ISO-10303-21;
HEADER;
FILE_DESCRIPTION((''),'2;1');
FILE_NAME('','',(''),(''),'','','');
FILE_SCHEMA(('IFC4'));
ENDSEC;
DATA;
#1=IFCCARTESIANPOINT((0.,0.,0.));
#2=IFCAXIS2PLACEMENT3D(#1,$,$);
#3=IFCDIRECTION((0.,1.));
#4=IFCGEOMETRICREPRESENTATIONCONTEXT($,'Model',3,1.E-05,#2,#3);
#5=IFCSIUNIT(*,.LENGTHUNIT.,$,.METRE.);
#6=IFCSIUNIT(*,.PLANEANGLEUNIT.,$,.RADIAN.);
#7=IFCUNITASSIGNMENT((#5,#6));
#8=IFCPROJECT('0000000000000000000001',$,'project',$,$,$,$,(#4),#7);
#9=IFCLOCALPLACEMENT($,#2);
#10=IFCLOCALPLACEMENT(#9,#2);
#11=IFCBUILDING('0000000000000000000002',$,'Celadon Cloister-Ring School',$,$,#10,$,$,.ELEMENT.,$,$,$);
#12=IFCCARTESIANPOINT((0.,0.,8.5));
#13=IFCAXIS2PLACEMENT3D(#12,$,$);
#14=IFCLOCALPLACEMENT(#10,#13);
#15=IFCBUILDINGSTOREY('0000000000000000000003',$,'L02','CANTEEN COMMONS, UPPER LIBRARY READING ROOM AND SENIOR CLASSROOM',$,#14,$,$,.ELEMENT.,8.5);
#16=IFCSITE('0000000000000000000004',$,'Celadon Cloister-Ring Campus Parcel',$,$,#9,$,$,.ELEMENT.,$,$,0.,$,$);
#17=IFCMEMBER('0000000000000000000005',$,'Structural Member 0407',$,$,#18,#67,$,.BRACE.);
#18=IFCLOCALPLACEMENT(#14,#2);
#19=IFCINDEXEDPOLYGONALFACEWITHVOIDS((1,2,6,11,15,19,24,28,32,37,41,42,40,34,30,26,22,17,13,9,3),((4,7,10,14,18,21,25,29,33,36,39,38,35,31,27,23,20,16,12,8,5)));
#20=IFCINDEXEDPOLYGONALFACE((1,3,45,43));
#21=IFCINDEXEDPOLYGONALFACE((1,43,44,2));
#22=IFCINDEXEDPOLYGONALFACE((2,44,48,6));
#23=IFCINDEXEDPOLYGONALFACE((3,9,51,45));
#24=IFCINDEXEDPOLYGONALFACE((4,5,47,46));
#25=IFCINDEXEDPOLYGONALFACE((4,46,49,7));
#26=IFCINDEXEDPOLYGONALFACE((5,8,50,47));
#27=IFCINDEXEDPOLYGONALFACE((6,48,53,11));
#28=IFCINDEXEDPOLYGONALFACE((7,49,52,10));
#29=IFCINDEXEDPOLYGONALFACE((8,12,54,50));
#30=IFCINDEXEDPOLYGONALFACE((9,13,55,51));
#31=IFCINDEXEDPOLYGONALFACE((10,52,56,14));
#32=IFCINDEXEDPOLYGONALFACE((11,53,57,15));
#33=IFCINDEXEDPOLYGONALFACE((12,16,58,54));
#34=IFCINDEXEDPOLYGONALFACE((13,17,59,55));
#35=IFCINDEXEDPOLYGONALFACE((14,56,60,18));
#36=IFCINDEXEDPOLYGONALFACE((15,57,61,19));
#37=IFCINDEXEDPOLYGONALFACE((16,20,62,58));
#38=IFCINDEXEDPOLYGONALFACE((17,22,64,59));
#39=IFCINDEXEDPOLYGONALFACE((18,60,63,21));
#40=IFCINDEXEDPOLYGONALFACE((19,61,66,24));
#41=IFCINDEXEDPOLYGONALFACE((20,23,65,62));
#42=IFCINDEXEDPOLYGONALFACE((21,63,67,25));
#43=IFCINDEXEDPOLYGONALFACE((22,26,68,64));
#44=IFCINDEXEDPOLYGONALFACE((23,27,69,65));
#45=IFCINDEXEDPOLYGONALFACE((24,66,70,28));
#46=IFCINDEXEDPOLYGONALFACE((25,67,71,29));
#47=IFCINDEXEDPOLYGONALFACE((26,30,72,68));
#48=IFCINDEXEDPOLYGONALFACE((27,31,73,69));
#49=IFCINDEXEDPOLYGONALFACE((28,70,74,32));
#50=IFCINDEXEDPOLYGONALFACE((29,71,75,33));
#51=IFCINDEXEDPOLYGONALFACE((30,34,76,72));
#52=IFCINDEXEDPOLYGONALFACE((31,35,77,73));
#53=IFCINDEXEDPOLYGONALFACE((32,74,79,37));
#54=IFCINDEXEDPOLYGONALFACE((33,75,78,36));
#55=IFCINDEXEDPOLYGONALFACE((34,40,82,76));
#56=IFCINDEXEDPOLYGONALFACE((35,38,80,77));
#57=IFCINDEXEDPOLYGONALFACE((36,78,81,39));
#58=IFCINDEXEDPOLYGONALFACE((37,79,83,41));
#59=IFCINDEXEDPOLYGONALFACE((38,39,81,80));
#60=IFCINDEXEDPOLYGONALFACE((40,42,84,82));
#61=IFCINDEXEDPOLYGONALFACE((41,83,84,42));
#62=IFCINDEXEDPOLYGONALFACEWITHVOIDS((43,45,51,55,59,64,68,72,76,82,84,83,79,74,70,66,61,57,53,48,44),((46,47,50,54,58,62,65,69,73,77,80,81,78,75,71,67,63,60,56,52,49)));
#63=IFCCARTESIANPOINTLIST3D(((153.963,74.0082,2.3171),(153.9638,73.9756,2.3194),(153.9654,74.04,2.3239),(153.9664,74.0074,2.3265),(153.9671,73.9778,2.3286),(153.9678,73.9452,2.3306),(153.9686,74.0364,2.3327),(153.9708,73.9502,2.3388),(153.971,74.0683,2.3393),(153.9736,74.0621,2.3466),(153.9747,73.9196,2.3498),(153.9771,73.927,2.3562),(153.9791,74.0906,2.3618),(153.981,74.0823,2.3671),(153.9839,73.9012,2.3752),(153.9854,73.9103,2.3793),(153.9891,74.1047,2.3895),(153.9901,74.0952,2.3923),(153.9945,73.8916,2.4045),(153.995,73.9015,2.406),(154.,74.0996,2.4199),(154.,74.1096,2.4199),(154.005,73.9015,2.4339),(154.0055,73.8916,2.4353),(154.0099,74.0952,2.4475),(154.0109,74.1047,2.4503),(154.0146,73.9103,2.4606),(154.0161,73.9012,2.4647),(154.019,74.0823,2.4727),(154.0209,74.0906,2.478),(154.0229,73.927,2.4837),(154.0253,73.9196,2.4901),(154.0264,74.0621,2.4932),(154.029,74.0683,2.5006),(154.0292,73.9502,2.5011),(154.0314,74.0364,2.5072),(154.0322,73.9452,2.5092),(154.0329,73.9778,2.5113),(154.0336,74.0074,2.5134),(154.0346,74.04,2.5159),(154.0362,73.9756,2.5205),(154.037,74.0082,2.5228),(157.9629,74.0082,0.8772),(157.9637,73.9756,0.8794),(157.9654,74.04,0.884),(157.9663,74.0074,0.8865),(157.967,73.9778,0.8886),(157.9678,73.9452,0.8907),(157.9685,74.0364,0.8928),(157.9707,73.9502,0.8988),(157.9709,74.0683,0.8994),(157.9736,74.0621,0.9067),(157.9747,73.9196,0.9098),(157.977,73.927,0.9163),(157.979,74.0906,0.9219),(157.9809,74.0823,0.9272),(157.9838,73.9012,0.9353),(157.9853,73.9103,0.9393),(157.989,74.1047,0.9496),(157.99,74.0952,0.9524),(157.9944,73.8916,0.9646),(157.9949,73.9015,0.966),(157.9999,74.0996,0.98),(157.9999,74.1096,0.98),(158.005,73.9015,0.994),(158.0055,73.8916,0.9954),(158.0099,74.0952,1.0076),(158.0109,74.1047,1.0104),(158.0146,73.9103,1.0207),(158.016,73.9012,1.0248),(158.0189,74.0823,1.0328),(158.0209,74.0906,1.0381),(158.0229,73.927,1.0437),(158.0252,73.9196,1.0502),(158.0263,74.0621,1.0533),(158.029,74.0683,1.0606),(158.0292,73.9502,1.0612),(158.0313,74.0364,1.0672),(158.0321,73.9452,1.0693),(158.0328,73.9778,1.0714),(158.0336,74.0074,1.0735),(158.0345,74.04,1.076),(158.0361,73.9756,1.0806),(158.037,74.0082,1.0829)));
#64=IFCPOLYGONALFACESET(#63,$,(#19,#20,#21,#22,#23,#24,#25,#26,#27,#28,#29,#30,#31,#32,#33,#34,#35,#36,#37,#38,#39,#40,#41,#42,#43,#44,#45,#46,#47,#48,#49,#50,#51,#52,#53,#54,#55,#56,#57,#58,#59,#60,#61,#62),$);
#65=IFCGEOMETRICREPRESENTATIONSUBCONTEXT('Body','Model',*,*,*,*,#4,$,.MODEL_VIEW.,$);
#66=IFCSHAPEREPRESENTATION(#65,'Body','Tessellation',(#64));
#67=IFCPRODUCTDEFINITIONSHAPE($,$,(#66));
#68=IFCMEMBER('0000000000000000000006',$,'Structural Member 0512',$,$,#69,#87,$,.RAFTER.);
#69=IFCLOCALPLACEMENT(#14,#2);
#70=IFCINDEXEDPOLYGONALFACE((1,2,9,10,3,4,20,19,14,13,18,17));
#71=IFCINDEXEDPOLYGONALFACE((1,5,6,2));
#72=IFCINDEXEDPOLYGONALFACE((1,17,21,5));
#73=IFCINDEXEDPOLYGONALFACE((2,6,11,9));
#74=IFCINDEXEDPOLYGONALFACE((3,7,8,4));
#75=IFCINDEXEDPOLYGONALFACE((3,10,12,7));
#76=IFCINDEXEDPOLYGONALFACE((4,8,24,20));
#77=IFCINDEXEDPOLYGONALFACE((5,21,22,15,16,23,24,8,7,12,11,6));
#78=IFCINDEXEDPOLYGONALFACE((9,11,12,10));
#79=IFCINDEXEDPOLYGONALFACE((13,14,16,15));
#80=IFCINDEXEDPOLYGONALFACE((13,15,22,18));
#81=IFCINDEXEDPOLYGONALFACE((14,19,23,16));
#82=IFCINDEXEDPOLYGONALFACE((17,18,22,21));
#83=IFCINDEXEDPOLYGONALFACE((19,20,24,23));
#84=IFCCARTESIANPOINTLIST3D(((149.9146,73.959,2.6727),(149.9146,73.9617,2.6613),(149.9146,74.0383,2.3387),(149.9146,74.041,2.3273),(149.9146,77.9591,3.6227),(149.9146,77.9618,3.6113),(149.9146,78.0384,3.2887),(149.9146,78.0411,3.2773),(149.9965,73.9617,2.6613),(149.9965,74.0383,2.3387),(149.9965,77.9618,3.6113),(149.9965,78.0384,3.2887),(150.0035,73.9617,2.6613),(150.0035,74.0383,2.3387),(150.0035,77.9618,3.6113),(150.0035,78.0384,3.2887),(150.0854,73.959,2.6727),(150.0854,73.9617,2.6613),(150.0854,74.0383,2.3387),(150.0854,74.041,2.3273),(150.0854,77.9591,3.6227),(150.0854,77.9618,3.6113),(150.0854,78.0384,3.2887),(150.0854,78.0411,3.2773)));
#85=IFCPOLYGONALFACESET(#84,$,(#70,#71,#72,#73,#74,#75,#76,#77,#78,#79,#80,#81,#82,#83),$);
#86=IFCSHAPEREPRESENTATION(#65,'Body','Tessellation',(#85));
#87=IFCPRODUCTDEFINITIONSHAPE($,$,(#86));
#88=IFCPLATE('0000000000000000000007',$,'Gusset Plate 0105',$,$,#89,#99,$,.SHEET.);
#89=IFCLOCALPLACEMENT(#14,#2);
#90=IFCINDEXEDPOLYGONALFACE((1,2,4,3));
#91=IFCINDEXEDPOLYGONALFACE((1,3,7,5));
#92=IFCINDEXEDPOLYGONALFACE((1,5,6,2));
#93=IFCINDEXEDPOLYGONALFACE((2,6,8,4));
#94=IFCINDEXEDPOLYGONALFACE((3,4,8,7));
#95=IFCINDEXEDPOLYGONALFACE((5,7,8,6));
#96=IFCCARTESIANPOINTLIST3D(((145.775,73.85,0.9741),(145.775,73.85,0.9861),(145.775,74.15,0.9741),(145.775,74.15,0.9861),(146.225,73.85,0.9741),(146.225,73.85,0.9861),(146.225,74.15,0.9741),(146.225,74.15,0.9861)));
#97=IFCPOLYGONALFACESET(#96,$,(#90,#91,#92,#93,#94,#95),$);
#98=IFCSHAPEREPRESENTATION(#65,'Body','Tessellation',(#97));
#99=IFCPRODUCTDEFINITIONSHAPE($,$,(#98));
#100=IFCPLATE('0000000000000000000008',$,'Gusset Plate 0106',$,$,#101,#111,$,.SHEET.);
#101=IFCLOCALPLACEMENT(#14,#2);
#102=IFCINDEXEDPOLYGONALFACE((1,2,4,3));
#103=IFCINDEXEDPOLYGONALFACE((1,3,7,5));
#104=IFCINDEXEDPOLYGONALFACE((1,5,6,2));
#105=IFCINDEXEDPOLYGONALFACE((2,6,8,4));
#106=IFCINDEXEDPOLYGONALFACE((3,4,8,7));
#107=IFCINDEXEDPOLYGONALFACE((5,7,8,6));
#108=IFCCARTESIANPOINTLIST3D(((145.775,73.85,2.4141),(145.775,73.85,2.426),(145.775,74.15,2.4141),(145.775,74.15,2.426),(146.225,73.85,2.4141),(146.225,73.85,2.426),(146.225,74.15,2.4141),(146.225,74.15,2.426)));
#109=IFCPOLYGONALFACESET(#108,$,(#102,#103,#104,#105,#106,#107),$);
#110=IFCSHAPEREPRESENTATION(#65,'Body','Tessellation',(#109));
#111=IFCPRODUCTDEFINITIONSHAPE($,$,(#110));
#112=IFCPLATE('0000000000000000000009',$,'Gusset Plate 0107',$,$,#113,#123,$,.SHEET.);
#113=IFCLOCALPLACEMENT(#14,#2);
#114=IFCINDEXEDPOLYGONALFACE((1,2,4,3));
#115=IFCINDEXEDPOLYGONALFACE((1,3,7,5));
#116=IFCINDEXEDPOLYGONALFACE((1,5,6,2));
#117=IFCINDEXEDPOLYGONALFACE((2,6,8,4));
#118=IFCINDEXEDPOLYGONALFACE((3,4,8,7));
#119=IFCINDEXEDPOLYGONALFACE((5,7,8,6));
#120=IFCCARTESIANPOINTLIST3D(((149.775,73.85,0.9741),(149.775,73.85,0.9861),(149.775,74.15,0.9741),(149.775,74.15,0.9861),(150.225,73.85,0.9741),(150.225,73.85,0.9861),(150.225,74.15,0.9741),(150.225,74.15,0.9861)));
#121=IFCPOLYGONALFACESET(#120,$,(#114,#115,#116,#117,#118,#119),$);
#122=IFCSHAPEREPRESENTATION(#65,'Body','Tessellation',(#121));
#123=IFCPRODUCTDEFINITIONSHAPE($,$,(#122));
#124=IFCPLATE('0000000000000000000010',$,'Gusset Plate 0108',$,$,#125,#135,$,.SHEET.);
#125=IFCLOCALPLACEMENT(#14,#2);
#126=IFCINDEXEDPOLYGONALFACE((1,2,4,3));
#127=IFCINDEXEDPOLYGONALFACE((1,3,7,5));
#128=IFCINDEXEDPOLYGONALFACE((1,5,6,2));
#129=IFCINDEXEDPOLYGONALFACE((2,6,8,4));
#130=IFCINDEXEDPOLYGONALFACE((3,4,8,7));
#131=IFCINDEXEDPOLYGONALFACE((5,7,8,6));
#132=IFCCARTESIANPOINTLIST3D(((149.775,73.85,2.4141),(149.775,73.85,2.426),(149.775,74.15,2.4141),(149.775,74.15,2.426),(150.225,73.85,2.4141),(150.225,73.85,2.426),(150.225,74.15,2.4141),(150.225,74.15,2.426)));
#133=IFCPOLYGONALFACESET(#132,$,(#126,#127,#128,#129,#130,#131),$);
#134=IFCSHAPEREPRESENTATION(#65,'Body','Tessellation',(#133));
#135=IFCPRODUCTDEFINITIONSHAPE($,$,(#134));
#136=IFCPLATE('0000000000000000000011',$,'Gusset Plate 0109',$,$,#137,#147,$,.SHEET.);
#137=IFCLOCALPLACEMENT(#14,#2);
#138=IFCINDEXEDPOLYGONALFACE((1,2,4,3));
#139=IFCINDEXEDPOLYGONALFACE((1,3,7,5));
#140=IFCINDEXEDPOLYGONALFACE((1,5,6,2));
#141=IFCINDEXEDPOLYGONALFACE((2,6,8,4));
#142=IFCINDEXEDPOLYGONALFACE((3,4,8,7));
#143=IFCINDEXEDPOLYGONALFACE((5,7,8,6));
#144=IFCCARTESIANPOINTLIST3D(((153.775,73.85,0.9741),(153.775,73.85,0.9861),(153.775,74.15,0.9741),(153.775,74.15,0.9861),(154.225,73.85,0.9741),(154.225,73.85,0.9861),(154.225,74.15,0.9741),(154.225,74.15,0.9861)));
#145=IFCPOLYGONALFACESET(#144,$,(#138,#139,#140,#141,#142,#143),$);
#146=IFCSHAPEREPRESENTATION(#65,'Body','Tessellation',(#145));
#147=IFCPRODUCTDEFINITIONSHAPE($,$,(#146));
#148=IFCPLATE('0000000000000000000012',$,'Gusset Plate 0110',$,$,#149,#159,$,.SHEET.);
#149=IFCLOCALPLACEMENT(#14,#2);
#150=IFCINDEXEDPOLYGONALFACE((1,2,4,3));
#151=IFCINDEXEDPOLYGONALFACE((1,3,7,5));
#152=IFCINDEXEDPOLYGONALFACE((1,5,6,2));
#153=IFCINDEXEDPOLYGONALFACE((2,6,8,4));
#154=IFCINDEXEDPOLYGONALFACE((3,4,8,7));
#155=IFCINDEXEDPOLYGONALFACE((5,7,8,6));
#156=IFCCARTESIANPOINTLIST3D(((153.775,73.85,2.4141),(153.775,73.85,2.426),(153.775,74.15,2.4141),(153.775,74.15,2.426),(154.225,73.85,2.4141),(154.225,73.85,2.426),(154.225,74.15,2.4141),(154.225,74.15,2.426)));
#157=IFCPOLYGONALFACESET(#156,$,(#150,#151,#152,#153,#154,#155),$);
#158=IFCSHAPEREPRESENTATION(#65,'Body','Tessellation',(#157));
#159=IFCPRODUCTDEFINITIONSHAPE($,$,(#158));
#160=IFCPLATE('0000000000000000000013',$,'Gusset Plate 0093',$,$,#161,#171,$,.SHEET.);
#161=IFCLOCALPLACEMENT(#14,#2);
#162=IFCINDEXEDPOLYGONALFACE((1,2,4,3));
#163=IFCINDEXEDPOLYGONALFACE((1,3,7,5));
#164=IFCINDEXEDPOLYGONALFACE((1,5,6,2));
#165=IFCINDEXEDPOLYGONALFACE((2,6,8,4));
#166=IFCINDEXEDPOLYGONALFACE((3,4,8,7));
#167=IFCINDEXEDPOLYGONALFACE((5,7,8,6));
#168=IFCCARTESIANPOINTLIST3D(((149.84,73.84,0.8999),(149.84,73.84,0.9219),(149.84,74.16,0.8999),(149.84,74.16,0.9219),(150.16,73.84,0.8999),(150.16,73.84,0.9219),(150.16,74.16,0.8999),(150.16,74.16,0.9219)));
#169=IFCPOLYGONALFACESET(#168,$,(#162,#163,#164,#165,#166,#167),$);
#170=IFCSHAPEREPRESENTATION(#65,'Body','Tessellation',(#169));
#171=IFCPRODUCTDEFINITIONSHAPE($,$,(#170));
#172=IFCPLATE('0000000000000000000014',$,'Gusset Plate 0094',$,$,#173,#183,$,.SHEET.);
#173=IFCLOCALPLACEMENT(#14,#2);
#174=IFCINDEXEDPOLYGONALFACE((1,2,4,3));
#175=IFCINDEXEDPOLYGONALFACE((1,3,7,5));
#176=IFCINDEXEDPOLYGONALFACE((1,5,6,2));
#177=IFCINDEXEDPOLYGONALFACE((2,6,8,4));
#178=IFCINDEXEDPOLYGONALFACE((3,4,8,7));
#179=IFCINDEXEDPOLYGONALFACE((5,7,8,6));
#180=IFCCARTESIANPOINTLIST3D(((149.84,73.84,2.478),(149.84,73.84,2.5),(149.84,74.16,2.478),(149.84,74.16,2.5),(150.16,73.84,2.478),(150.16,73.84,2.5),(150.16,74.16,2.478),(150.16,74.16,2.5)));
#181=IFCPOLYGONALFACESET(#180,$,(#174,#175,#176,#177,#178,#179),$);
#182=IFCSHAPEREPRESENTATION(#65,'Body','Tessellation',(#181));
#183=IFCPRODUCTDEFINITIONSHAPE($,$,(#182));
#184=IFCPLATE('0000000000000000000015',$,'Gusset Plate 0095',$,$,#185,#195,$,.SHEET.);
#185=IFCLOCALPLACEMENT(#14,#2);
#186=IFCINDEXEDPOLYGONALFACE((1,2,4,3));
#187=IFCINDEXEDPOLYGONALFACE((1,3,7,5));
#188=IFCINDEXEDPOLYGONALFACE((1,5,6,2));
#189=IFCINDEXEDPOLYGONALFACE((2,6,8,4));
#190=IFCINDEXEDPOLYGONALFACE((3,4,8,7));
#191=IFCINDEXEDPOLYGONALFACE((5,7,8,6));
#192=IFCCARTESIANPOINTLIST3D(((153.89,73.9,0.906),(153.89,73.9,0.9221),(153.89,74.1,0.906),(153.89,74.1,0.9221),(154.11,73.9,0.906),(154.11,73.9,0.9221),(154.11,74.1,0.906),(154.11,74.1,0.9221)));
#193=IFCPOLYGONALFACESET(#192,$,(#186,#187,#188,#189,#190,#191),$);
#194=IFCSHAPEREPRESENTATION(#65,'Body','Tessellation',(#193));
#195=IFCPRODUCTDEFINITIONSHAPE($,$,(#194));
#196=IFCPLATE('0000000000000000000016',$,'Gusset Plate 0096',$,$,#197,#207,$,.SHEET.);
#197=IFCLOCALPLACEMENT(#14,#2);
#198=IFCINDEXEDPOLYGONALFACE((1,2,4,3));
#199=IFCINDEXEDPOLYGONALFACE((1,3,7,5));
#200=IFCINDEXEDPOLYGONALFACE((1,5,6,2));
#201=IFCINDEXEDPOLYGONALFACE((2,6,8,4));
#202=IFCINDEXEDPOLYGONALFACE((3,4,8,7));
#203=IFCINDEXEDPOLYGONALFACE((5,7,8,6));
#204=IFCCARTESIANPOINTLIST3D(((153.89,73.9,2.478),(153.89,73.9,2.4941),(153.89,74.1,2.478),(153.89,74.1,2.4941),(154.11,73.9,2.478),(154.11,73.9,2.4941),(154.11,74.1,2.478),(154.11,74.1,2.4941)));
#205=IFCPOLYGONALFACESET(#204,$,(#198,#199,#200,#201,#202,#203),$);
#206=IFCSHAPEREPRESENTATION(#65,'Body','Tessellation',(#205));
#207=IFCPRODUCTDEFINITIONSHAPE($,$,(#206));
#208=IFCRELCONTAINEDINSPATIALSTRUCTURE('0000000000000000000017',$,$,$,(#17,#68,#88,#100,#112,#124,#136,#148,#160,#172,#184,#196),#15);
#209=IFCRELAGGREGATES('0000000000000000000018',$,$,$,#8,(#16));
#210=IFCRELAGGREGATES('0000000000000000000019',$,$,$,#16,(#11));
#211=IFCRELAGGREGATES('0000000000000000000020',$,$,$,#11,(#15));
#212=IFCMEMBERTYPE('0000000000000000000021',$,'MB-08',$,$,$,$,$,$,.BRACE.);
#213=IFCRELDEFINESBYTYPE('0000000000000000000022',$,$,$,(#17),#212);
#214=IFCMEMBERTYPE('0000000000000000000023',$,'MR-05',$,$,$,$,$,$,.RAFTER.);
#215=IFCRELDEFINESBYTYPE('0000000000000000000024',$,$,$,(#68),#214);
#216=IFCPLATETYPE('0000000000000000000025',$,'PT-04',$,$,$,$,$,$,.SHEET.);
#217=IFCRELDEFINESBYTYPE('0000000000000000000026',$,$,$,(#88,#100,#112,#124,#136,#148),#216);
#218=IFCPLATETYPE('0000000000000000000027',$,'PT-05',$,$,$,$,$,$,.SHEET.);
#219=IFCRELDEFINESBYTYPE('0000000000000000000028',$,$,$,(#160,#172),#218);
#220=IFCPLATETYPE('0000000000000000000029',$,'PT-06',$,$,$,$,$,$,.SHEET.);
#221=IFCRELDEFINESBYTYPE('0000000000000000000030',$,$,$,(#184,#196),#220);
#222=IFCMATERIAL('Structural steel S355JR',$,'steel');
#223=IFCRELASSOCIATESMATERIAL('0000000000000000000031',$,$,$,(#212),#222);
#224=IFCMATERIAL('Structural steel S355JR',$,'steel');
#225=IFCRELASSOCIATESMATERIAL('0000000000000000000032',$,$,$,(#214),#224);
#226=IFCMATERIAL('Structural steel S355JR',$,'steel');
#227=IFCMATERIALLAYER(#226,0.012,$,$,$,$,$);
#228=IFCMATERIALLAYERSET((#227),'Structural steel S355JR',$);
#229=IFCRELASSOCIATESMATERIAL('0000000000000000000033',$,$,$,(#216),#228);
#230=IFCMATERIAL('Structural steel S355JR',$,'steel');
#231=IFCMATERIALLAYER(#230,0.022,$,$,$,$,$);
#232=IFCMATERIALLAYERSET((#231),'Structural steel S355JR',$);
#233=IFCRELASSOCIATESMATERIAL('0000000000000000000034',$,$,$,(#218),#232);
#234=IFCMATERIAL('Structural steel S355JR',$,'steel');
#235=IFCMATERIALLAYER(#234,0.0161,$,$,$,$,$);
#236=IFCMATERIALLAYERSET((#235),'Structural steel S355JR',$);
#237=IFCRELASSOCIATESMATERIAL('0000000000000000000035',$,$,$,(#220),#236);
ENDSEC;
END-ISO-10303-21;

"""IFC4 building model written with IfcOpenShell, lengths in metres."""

from ifc_helpers import new_model, si_unit, direction, frame, origin, origin_2d, place, context, subcontext, project, spatial, rectangle, hollow_circle, i_section, extrude, material, layer, layer_set, material_profile, profile_set, type_object, element, save


model = new_model("IFC4")

# Units and contexts
model_context = context("Model", 3, precision=1e-05, world=origin(), true_north=direction((0.0, 1.0)))
body_context = subcontext(model_context, "Body", "Model", "MODEL_VIEW")
ifc_project = project(units=[si_unit("LENGTHUNIT", "METRE"), si_unit("PLANEANGLEUNIT", "RADIAN")], contexts=[model_context])

# Site, building, storey
site_placement = place(None, origin())
site = spatial("IfcSite", under=ifc_project, at=site_placement, Name="Celadon Cloister-Ring Campus Parcel", CompositionType="ELEMENT", RefElevation=0.0)
building_placement = place(site_placement, origin())
building = spatial("IfcBuilding", under=site, at=building_placement, Name="Celadon Cloister-Ring School", CompositionType="ELEMENT")
storey_placement = place(building_placement, frame((0.0, 0.0, 8.5)))
storey = spatial("IfcBuildingStorey", under=building, at=storey_placement, Name="L02", Description="CANTEEN COMMONS, UPPER LIBRARY READING ROOM AND SENIOR CLASSROOM", CompositionType="ELEMENT", Elevation=8.5)

# Members
ifc_material_1 = material(Name="Structural steel S355JR", Category="steel")
ifc_material_profile_1 = material_profile(ifc_material_1, hollow_circle(Radius=0.1096, WallThickness=0.01, at=origin_2d()), Name="CHS219.1X10")
ifc_profile_set_1 = profile_set([ifc_material_profile_1], Name="Structural steel S355JR")
member_type_1 = type_object("IfcMemberType", Name="MB-08", PredefinedType="BRACE", material=ifc_profile_set_1)
for number, where, z_axis, x_axis, name in (
    (1, (154.0, 74.0, 2.4199), (0.940892, 0.0, -0.338707), (0.0, 1.0, 0.0), "Structural Member 0407"),
):
    element("IfcMember", number, at=place(storey_placement, frame(where, z_axis=z_axis, x_axis=x_axis)), inside=storey, type_object=member_type_1, Name=name, PredefinedType="BRACE", context=body_context, shape_type="SweptSolid", body=[
        extrude(hollow_circle(Radius=0.1096, WallThickness=0.01, at=origin_2d()), origin(), (0.0, 0.0, 1.0), 4.2512),
    ])
ifc_material_2 = material(Name="Structural steel S355JR", Category="steel")
ifc_material_profile_2 = material_profile(ifc_material_2, i_section(OverallWidth=0.1709, OverallDepth=0.355, WebThickness=0.0071, FlangeThickness=0.0117, at=origin_2d()), Name="W360X51")
ifc_profile_set_2 = profile_set([ifc_material_profile_2], Name="Structural steel S355JR")
member_type_2 = type_object("IfcMemberType", Name="MR-05", PredefinedType="RAFTER", material=ifc_profile_set_2)
member_1_placement = place(storey_placement, frame((150.0, 74.0, 2.5), z_axis=(0.0, 0.972939, 0.231061), x_axis=(-1.0, 0.0, 0.0)))
element("IfcMember", 2, at=member_1_placement, inside=storey, type_object=member_type_2, Name="Structural Member 0512", PredefinedType="RAFTER", context=body_context, shape_type="SweptSolid", body=[
    extrude(i_section(OverallWidth=0.1709, OverallDepth=0.355, WebThickness=0.0071, FlangeThickness=0.0117, at=origin_2d()), origin(), (0.0, 0.0, 1.0), 4.1113),
])

# Plates
ifc_material_3 = material(Name="Structural steel S355JR", Category="steel")
ifc_layer_1 = layer(ifc_material_3, 0.012)
ifc_layer_set_1 = layer_set([ifc_layer_1], Name="Structural steel S355JR")
plate_type_1 = type_object("IfcPlateType", Name="PT-04", PredefinedType="SHEET", material=ifc_layer_set_1)
for number, where, z_axis, x_axis, name in (
    (3, (146.0, 74.0, 0.9741), (0.0, 0.0, 1.0), (1.0, 0.0, 0.0), "Gusset Plate 0105"),
    (4, (146.0, 74.0, 2.4141), (0.0, 0.0, 1.0), (1.0, 0.0, 0.0), "Gusset Plate 0106"),
    (5, (150.0, 74.0, 0.9741), (0.0, 0.0, 1.0), (1.0, 0.0, 0.0), "Gusset Plate 0107"),
    (6, (150.0, 74.0, 2.4141), (0.0, 0.0, 1.0), (1.0, 0.0, 0.0), "Gusset Plate 0108"),
    (7, (154.0, 74.0, 0.9741), (0.0, 0.0, 1.0), (1.0, 0.0, 0.0), "Gusset Plate 0109"),
    (8, (154.0, 74.0, 2.4141), (0.0, 0.0, 1.0), (1.0, 0.0, 0.0), "Gusset Plate 0110"),
):
    element("IfcPlate", number, at=place(storey_placement, frame(where, z_axis=z_axis, x_axis=x_axis)), inside=storey, type_object=plate_type_1, Name=name, PredefinedType="SHEET", context=body_context, shape_type="SweptSolid", body=[
        extrude(rectangle(XDim=0.45, YDim=0.3, at=origin_2d()), origin(), (0.0, 0.0, 1.0), 0.012),
    ])
ifc_material_4 = material(Name="Structural steel S355JR", Category="steel")
ifc_layer_2 = layer(ifc_material_4, 0.022)
ifc_layer_set_2 = layer_set([ifc_layer_2], Name="Structural steel S355JR")
plate_type_2 = type_object("IfcPlateType", Name="PT-05", PredefinedType="SHEET", material=ifc_layer_set_2)
for number, where, z_axis, x_axis, name in (
    (9, (150.0, 74.0, 0.8999), (0.0, 0.0, 1.0), (1.0, 0.0, 0.0), "Gusset Plate 0093"),
    (10, (150.0, 74.0, 2.478), (0.0, 0.0, 1.0), (1.0, 0.0, 0.0), "Gusset Plate 0094"),
):
    element("IfcPlate", number, at=place(storey_placement, frame(where, z_axis=z_axis, x_axis=x_axis)), inside=storey, type_object=plate_type_2, Name=name, PredefinedType="SHEET", context=body_context, shape_type="SweptSolid", body=[
        extrude(rectangle(XDim=0.3201, YDim=0.3201, at=origin_2d()), origin(), (0.0, 0.0, 1.0), 0.022),
    ])
ifc_material_5 = material(Name="Structural steel S355JR", Category="steel")
ifc_layer_3 = layer(ifc_material_5, 0.0161)
ifc_layer_set_3 = layer_set([ifc_layer_3], Name="Structural steel S355JR")
plate_type_3 = type_object("IfcPlateType", Name="PT-06", PredefinedType="SHEET", material=ifc_layer_set_3)
for number, where, z_axis, x_axis, name in (
    (11, (154.0, 74.0, 0.906), (0.0, 0.0, 1.0), (1.0, 0.0, 0.0), "Gusset Plate 0095"),
    (12, (154.0, 74.0, 2.478), (0.0, 0.0, 1.0), (1.0, 0.0, 0.0), "Gusset Plate 0096"),
):
    element("IfcPlate", number, at=place(storey_placement, frame(where, z_axis=z_axis, x_axis=x_axis)), inside=storey, type_object=plate_type_3, Name=name, PredefinedType="SHEET", context=body_context, shape_type="SweptSolid", body=[
        extrude(rectangle(XDim=0.22, YDim=0.2, at=origin_2d()), origin(), (0.0, 0.0, 1.0), 0.0161),
    ])

save(model, "model.ifc")
